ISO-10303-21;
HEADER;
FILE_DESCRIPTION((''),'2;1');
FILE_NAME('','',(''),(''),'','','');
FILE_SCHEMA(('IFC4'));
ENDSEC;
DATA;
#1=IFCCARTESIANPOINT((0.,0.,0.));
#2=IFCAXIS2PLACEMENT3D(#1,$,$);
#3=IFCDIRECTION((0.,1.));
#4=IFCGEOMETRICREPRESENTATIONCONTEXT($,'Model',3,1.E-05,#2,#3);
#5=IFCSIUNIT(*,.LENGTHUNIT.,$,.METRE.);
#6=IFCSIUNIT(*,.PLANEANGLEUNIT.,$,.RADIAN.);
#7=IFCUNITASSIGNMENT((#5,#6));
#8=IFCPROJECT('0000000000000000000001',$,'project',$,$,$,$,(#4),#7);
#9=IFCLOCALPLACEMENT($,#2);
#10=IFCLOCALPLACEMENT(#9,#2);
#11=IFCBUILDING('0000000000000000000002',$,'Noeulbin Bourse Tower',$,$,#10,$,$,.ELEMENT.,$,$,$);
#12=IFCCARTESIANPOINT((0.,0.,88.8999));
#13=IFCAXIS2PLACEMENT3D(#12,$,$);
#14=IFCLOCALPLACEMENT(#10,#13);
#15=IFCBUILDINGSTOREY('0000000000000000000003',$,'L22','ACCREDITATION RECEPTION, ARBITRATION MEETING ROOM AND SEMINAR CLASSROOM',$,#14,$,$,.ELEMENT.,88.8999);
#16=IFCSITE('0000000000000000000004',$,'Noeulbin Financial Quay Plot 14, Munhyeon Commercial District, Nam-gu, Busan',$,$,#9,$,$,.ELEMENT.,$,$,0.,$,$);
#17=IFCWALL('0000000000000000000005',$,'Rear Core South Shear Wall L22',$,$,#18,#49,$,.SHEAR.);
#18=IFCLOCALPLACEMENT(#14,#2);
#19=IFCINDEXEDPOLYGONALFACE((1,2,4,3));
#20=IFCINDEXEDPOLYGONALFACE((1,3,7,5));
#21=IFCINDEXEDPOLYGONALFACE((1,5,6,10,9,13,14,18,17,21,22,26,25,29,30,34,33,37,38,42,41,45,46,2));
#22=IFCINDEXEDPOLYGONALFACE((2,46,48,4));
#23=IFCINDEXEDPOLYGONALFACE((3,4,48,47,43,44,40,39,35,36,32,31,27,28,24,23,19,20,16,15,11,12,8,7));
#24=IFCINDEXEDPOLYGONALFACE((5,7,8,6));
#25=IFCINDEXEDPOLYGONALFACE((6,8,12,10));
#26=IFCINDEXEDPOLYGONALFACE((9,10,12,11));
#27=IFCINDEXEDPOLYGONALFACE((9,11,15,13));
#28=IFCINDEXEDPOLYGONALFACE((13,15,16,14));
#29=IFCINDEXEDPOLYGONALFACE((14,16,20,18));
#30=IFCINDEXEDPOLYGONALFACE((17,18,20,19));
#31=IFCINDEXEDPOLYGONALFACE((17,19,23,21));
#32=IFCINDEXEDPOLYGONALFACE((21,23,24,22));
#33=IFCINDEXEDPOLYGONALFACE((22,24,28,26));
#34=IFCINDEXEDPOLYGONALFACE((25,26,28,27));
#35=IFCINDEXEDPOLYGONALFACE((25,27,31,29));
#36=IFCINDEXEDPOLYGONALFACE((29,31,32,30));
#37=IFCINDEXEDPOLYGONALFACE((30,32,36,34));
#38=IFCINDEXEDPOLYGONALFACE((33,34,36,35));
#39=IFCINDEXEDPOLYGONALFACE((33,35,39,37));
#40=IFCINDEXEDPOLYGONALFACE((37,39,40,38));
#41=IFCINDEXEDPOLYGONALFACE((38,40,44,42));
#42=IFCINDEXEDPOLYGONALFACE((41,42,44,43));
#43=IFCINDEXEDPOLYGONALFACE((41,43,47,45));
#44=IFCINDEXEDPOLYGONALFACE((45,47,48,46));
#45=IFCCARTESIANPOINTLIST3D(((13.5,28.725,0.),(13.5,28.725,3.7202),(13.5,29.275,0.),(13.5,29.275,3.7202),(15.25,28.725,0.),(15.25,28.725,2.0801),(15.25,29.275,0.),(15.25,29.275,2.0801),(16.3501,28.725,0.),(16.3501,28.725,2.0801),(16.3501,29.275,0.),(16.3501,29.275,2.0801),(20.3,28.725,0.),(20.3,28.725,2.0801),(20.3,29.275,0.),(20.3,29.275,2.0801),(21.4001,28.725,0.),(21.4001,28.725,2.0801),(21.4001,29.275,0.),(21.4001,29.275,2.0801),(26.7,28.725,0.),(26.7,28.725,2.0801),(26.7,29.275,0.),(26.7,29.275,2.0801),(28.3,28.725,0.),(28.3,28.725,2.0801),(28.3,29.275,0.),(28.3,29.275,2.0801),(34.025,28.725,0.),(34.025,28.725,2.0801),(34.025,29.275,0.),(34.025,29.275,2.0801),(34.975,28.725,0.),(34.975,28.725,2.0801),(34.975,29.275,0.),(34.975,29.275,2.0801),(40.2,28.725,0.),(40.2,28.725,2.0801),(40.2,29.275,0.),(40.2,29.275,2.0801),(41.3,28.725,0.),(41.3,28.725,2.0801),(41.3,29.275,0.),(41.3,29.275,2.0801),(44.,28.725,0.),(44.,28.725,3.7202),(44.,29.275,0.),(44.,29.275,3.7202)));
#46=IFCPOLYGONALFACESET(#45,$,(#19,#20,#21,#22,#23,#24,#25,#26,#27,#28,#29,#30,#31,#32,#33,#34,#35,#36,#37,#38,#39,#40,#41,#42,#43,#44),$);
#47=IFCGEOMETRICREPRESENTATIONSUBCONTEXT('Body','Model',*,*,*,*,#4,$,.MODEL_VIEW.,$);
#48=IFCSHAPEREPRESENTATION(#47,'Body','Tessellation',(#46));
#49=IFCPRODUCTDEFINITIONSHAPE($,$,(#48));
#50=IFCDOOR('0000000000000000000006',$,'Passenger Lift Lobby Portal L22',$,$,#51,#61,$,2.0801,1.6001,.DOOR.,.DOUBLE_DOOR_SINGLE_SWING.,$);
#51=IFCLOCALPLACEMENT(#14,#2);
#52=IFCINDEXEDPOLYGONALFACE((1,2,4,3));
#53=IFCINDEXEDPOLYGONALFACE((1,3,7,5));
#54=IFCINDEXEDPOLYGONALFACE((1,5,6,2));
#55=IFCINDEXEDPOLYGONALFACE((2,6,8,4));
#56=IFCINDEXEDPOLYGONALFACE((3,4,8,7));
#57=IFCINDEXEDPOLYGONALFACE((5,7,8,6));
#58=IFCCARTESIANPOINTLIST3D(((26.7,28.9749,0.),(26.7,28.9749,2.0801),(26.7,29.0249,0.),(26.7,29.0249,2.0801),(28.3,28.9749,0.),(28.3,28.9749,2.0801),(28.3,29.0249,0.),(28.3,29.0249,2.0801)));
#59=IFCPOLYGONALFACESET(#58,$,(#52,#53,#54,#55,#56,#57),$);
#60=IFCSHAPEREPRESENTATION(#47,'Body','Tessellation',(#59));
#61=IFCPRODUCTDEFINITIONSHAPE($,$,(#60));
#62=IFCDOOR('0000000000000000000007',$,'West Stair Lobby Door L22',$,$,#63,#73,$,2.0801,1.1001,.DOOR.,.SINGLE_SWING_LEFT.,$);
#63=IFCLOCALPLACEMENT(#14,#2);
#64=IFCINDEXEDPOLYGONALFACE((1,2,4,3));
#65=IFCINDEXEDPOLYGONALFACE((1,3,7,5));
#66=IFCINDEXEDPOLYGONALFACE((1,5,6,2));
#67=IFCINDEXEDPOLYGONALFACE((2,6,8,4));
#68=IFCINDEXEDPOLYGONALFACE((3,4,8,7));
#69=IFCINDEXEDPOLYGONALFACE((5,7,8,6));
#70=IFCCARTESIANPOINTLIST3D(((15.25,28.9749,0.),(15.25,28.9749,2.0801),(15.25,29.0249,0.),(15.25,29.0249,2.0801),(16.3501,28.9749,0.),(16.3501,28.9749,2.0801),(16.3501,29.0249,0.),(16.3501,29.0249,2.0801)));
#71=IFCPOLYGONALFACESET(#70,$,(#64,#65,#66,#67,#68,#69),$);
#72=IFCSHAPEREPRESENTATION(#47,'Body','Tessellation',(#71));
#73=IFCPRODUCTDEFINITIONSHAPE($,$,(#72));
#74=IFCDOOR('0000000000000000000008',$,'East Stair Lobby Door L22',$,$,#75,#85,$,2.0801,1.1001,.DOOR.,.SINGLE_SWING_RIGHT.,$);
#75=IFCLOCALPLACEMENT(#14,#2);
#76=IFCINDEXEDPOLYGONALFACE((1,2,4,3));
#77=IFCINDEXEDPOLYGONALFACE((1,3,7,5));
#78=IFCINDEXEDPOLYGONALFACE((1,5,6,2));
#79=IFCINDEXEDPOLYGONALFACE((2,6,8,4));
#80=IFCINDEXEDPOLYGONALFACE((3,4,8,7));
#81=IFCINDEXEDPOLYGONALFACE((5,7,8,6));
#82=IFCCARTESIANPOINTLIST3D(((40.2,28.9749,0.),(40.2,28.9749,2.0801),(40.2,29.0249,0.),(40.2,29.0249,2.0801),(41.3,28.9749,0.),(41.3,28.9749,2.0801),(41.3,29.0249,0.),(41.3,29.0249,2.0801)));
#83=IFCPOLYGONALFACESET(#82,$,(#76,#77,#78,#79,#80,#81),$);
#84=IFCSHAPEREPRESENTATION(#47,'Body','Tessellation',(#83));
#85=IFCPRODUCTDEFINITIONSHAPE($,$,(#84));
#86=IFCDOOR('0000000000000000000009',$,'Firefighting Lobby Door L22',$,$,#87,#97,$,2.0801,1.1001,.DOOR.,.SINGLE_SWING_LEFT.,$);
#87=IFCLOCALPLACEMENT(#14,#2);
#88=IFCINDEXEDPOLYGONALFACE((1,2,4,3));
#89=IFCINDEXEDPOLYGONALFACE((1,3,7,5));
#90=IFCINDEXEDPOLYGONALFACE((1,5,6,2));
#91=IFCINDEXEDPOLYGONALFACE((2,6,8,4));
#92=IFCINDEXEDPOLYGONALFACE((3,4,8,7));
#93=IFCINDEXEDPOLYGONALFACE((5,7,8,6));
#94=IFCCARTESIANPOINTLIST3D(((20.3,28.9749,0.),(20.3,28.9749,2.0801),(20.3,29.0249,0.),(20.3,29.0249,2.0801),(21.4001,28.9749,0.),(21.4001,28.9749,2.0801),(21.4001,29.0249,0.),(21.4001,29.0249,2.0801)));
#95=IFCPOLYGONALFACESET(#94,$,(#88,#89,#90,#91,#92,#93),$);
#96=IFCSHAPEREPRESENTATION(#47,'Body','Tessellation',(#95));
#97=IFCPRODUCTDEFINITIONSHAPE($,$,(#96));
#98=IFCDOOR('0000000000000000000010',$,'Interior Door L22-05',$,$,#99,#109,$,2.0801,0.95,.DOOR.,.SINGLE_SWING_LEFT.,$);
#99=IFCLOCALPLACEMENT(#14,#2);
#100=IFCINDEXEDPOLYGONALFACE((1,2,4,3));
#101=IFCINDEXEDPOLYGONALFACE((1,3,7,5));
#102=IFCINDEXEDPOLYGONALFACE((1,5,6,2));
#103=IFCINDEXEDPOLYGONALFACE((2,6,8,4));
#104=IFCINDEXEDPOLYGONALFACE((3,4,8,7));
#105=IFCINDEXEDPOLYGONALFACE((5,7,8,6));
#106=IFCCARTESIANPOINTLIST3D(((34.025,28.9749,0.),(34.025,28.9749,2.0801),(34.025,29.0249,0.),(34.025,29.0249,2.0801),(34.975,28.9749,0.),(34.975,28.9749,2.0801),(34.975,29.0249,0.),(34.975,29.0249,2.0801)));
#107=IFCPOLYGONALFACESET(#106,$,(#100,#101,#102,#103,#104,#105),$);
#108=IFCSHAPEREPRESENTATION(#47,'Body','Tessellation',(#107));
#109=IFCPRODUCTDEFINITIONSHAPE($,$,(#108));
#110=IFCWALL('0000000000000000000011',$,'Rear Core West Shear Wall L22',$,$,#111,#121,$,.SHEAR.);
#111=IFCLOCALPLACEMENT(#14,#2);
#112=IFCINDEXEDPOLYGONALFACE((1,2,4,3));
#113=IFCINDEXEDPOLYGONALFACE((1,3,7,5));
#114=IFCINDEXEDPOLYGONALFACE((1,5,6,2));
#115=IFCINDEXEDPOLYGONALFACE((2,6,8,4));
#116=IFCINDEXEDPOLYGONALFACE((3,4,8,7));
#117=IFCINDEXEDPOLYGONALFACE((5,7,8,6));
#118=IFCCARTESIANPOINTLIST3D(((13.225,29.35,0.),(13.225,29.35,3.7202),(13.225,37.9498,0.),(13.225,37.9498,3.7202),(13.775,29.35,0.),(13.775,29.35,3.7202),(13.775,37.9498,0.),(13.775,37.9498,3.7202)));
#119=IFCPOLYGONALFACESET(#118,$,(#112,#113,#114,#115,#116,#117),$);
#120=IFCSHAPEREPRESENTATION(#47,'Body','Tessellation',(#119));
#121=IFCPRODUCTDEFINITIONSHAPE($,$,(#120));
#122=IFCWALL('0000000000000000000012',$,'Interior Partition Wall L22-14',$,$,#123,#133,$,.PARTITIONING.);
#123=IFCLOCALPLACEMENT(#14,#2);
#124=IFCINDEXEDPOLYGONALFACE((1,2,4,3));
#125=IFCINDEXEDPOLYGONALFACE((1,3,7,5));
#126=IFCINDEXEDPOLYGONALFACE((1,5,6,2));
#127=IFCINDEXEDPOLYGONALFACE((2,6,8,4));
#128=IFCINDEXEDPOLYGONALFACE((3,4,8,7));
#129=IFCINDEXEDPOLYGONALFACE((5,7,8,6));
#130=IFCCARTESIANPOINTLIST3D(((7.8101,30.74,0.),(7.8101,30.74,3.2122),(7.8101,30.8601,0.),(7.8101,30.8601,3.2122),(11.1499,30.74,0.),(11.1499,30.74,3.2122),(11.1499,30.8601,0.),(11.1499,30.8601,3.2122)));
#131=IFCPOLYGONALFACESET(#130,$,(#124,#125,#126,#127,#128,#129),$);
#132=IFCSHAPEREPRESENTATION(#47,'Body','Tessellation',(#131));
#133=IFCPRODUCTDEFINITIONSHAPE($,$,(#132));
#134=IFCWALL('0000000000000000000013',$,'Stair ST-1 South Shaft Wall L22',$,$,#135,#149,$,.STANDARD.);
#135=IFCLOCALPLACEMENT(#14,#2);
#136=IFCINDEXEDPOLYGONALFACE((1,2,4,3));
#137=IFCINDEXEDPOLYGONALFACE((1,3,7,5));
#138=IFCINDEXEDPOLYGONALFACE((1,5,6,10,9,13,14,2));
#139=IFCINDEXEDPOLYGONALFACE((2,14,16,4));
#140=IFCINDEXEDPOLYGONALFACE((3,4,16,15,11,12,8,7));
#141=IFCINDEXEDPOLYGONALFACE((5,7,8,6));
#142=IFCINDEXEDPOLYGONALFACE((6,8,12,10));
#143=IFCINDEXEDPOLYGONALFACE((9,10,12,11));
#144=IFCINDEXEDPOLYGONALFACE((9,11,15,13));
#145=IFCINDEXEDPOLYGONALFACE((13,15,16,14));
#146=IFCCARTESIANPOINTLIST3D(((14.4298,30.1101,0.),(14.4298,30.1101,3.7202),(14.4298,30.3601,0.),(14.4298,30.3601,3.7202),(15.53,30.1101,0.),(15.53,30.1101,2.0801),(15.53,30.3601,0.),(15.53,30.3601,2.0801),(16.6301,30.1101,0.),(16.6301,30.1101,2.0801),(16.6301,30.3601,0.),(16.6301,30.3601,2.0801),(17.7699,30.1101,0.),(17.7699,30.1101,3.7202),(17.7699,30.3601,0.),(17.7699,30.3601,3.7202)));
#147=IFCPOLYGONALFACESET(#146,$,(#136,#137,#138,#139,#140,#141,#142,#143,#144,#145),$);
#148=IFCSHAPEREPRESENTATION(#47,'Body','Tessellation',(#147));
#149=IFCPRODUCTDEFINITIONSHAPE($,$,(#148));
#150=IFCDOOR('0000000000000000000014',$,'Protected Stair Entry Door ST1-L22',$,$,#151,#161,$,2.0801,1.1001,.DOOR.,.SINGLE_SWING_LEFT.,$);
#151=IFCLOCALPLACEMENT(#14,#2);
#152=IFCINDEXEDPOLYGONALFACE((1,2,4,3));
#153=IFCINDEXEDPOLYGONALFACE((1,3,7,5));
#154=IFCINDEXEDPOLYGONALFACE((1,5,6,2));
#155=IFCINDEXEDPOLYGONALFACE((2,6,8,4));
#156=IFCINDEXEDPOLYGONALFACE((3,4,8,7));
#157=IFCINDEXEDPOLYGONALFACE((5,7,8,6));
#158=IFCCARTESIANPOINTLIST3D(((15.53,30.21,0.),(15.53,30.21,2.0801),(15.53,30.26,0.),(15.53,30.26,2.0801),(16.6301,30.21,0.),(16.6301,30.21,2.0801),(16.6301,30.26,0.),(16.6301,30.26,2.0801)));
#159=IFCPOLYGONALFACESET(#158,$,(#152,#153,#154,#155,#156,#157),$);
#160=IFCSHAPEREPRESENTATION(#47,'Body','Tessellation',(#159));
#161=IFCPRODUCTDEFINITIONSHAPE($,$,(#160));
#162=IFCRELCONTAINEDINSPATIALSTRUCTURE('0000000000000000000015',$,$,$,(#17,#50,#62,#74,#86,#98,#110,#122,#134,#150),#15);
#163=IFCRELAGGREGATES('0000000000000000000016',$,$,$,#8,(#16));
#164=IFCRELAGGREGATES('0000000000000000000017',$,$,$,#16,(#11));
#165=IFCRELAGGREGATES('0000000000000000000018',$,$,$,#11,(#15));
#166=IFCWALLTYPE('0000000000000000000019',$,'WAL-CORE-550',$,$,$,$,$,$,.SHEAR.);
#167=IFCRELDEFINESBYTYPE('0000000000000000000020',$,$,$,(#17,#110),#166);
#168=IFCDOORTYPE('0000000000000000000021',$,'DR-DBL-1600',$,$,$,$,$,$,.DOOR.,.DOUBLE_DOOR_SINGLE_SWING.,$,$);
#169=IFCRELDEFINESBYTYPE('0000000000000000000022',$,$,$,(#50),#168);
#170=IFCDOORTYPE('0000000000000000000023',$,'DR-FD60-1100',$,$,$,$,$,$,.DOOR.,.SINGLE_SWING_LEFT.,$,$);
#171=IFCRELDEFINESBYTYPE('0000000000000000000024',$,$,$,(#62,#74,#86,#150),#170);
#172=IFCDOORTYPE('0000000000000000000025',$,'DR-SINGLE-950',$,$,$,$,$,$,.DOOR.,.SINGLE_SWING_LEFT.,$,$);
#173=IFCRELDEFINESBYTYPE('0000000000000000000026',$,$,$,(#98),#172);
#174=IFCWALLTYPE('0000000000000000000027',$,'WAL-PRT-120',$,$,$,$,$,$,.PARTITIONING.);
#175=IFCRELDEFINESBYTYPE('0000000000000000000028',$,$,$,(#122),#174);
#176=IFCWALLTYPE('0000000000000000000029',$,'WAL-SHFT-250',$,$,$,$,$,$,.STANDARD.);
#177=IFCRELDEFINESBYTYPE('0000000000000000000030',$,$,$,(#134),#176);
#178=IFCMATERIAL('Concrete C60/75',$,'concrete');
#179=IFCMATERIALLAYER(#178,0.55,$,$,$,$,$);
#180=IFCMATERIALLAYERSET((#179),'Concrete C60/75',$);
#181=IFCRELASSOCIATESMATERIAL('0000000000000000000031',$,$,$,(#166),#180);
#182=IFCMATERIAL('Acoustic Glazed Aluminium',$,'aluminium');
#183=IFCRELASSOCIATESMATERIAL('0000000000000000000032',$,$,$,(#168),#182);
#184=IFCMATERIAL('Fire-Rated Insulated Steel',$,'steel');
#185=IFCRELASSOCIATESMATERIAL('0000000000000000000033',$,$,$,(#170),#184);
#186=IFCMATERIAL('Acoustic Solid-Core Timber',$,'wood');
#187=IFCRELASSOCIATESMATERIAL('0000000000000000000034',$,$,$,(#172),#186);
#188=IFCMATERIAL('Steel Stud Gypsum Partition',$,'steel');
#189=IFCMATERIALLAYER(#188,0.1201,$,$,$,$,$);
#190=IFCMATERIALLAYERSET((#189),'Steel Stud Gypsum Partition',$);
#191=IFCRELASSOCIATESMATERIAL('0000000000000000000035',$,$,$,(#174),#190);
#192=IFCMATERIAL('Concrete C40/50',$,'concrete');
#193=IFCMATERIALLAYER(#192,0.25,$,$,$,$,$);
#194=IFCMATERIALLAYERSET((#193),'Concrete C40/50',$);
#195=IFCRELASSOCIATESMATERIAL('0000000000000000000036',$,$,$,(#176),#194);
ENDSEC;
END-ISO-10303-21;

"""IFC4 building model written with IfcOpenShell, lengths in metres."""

from ifc_helpers import new_model, si_unit, direction, frame, frame_2d, origin, place, context, subcontext, project, spatial, rectangle, extrude, material, layer, layer_set, type_object, element, fill, save


model = new_model("IFC4")

# Units and contexts
model_context = context("Model", 3, precision=1e-05, world=origin(), true_north=direction((0.0, 1.0)))
body_context = subcontext(model_context, "Body", "Model", "MODEL_VIEW")
ifc_project = project(units=[si_unit("LENGTHUNIT", "METRE"), si_unit("PLANEANGLEUNIT", "RADIAN")], contexts=[model_context])

# Site, building, storey
site_placement = place(None, origin())
site = spatial("IfcSite", under=ifc_project, at=site_placement, Name="Noeulbin Financial Quay Plot 14, Munhyeon Commercial District, Nam-gu, Busan", CompositionType="ELEMENT", RefElevation=0.0)
building_placement = place(site_placement, origin())
building = spatial("IfcBuilding", under=site, at=building_placement, Name="Noeulbin Bourse Tower", CompositionType="ELEMENT")
storey_placement = place(building_placement, frame((0.0, 0.0, 88.8999)))
storey = spatial("IfcBuildingStorey", under=building, at=storey_placement, Name="L22", Description="ACCREDITATION RECEPTION, ARBITRATION MEETING ROOM AND SEMINAR CLASSROOM", CompositionType="ELEMENT", Elevation=88.8999)

# Wall, openings, doors
ifc_material_1 = material(Name="Concrete C60/75", Category="concrete")
ifc_layer_1 = layer(ifc_material_1, 0.55)
ifc_layer_set_1 = layer_set([ifc_layer_1], Name="Concrete C60/75")
wall_type_1 = type_object("IfcWallType", Name="WAL-CORE-550", PredefinedType="SHEAR", material=ifc_layer_set_1)
wall_1_placement = place(storey_placement, frame((13.5, 29.0, 0.0), z_axis=(0.0, 0.0, 1.0), x_axis=(1.0, 0.0, 0.0)))
wall_1 = element("IfcWall", 1, at=wall_1_placement, inside=storey, type_object=wall_type_1, Name="Rear Core South Shear Wall L22", PredefinedType="SHEAR", context=body_context, shape_type="SweptSolid", body=[
    extrude(rectangle(XDim=30.5, YDim=0.55, at=frame_2d((15.25, 0.0))), origin(), (0.0, 0.0, 1.0), 3.7202),
])
opening_1_placement = place(wall_1_placement, frame((1.75, 0.0, 0.0)))
opening_1 = element("IfcOpeningElement", 2, at=opening_1_placement, cuts=wall_1, PredefinedType="OPENING", context=body_context, shape_type="SweptSolid", body=[
    extrude(rectangle(XDim=1.1001, YDim=2.0801, at=frame_2d((0.55, 1.04))), frame((0.0, 0.2849, 0.0), z_axis=(0.0, -1.0, 0.0), x_axis=(1.0, 0.0, 0.0)), (0.0, 0.0, 1.0), 0.5701),
])
opening_2_placement = place(wall_1_placement, frame((26.7, 0.0, 0.0)))
opening_2 = element("IfcOpeningElement", 3, at=opening_2_placement, cuts=wall_1, PredefinedType="OPENING", context=body_context, shape_type="SweptSolid", body=[
    extrude(rectangle(XDim=1.1001, YDim=2.0801, at=frame_2d((0.55, 1.04))), frame((0.0, 0.2849, 0.0), z_axis=(0.0, -1.0, 0.0), x_axis=(1.0, 0.0, 0.0)), (0.0, 0.0, 1.0), 0.5701),
])
opening_3_placement = place(wall_1_placement, frame((6.8, 0.0, 0.0)))
opening_3 = element("IfcOpeningElement", 4, at=opening_3_placement, cuts=wall_1, PredefinedType="OPENING", context=body_context, shape_type="SweptSolid", body=[
    extrude(rectangle(XDim=1.1001, YDim=2.0801, at=frame_2d((0.55, 1.04))), frame((0.0, 0.2849, 0.0), z_axis=(0.0, -1.0, 0.0), x_axis=(1.0, 0.0, 0.0)), (0.0, 0.0, 1.0), 0.5701),
])
opening_4_placement = place(wall_1_placement, frame((13.2, 0.0, 0.0)))
opening_4 = element("IfcOpeningElement", 5, at=opening_4_placement, cuts=wall_1, PredefinedType="OPENING", context=body_context, shape_type="SweptSolid", body=[
    extrude(rectangle(XDim=1.6001, YDim=2.0801, at=frame_2d((0.8, 1.04))), frame((0.0, 0.2849, 0.0), z_axis=(0.0, -1.0, 0.0), x_axis=(1.0, 0.0, 0.0)), (0.0, 0.0, 1.0), 0.5701),
])
opening_5_placement = place(wall_1_placement, frame((20.5249, 0.0, 0.0)))
opening_5 = element("IfcOpeningElement", 6, at=opening_5_placement, cuts=wall_1, PredefinedType="OPENING", context=body_context, shape_type="SweptSolid", body=[
    extrude(rectangle(XDim=0.95, YDim=2.0801, at=frame_2d((0.4751, 1.04))), frame((0.0, 0.2849, 0.0), z_axis=(0.0, -1.0, 0.0), x_axis=(1.0, 0.0, 0.0)), (0.0, 0.0, 1.0), 0.5701),
])
ifc_material_2 = material(Name="Acoustic Glazed Aluminium", Category="aluminium")
door_type_1 = type_object("IfcDoorType", Name="DR-DBL-1600", OperationType="DOUBLE_DOOR_SINGLE_SWING", PredefinedType="DOOR", material=ifc_material_2)
door_1_placement = place(opening_4_placement, origin())
door_1 = element("IfcDoor", 7, at=door_1_placement, inside=storey, type_object=door_type_1, Name="Passenger Lift Lobby Portal L22", OperationType="DOUBLE_DOOR_SINGLE_SWING", OverallHeight=2.0801, OverallWidth=1.6001, PredefinedType="DOOR", context=body_context, shape_type="SweptSolid", body=[
    extrude(rectangle(XDim=1.6001, YDim=2.0801, at=frame_2d((0.8, 1.04))), frame((0.0, 0.0249, 0.0), z_axis=(0.0, -1.0, 0.0), x_axis=(1.0, 0.0, 0.0)), (0.0, 0.0, 1.0), 0.05),
])
fill(opening_4, door_1)
ifc_material_3 = material(Name="Fire-Rated Insulated Steel", Category="steel")
door_type_2 = type_object("IfcDoorType", Name="DR-FD60-1100", OperationType="SINGLE_SWING_LEFT", PredefinedType="DOOR", material=ifc_material_3)
door_2_placement = place(opening_1_placement, origin())
door_2 = element("IfcDoor", 8, at=door_2_placement, inside=storey, type_object=door_type_2, Name="West Stair Lobby Door L22", OperationType="SINGLE_SWING_LEFT", OverallHeight=2.0801, OverallWidth=1.1001, PredefinedType="DOOR", context=body_context, shape_type="SweptSolid", body=[
    extrude(rectangle(XDim=1.1001, YDim=2.0801, at=frame_2d((0.55, 1.04))), frame((0.0, 0.0249, 0.0), z_axis=(0.0, -1.0, 0.0), x_axis=(1.0, 0.0, 0.0)), (0.0, 0.0, 1.0), 0.05),
])
fill(opening_1, door_2)
door_3_placement = place(opening_2_placement, origin())
door_3 = element("IfcDoor", 9, at=door_3_placement, inside=storey, type_object=door_type_2, Name="East Stair Lobby Door L22", OperationType="SINGLE_SWING_RIGHT", OverallHeight=2.0801, OverallWidth=1.1001, PredefinedType="DOOR", context=body_context, shape_type="SweptSolid", body=[
    extrude(rectangle(XDim=1.1001, YDim=2.0801, at=frame_2d((0.55, 1.04))), frame((0.0, 0.0249, 0.0), z_axis=(0.0, -1.0, 0.0), x_axis=(1.0, 0.0, 0.0)), (0.0, 0.0, 1.0), 0.05),
])
fill(opening_2, door_3)
door_4_placement = place(opening_3_placement, origin())
door_4 = element("IfcDoor", 10, at=door_4_placement, inside=storey, type_object=door_type_2, Name="Firefighting Lobby Door L22", OperationType="SINGLE_SWING_LEFT", OverallHeight=2.0801, OverallWidth=1.1001, PredefinedType="DOOR", context=body_context, shape_type="SweptSolid", body=[
    extrude(rectangle(XDim=1.1001, YDim=2.0801, at=frame_2d((0.55, 1.04))), frame((0.0, 0.0249, 0.0), z_axis=(0.0, -1.0, 0.0), x_axis=(1.0, 0.0, 0.0)), (0.0, 0.0, 1.0), 0.05),
])
fill(opening_3, door_4)
ifc_material_4 = material(Name="Acoustic Solid-Core Timber", Category="wood")
door_type_3 = type_object("IfcDoorType", Name="DR-SINGLE-950", OperationType="SINGLE_SWING_LEFT", PredefinedType="DOOR", material=ifc_material_4)
door_5_placement = place(opening_5_placement, origin())
door_5 = element("IfcDoor", 11, at=door_5_placement, inside=storey, type_object=door_type_3, Name="Interior Door L22-05", OperationType="SINGLE_SWING_LEFT", OverallHeight=2.0801, OverallWidth=0.95, PredefinedType="DOOR", context=body_context, shape_type="SweptSolid", body=[
    extrude(rectangle(XDim=0.95, YDim=2.0801, at=frame_2d((0.4751, 1.04))), frame((0.0, 0.0249, 0.0), z_axis=(0.0, -1.0, 0.0), x_axis=(1.0, 0.0, 0.0)), (0.0, 0.0, 1.0), 0.05),
])
fill(opening_5, door_5)

# Walls
wall_2_placement = place(storey_placement, frame((13.5, 29.3501, 0.0), z_axis=(0.0, 0.0, 1.0), x_axis=(0.0, 1.0, 0.0)))
element("IfcWall", 12, at=wall_2_placement, inside=storey, type_object=wall_type_1, Name="Rear Core West Shear Wall L22", PredefinedType="SHEAR", context=body_context, shape_type="SweptSolid", body=[
    extrude(rectangle(XDim=8.5999, YDim=0.55, at=frame_2d((4.2998, 0.0))), origin(), (0.0, 0.0, 1.0), 3.7202),
])
ifc_material_5 = material(Name="Steel Stud Gypsum Partition", Category="steel")
ifc_layer_2 = layer(ifc_material_5, 0.1201)
ifc_layer_set_2 = layer_set([ifc_layer_2], Name="Steel Stud Gypsum Partition")
wall_type_2 = type_object("IfcWallType", Name="WAL-PRT-120", PredefinedType="PARTITIONING", material=ifc_layer_set_2)
wall_3_placement = place(storey_placement, frame((7.8101, 30.8, 0.0), z_axis=(0.0, 0.0, 1.0), x_axis=(1.0, 0.0, 0.0)))
element("IfcWall", 13, at=wall_3_placement, inside=storey, type_object=wall_type_2, Name="Interior Partition Wall L22-14", PredefinedType="PARTITIONING", context=body_context, shape_type="SweptSolid", body=[
    extrude(rectangle(XDim=3.3398, YDim=0.1201, at=frame_2d((1.6699, 0.0))), origin(), (0.0, 0.0, 1.0), 3.2122),
])

# Wall, opening, door
ifc_material_6 = material(Name="Concrete C40/50", Category="concrete")
ifc_layer_3 = layer(ifc_material_6, 0.25)
ifc_layer_set_3 = layer_set([ifc_layer_3], Name="Concrete C40/50")
wall_type_3 = type_object("IfcWallType", Name="WAL-SHFT-250", PredefinedType="STANDARD", material=ifc_layer_set_3)
wall_4_placement = place(storey_placement, frame((14.4299, 30.2351, 0.0), z_axis=(0.0, 0.0, 1.0), x_axis=(1.0, 0.0, 0.0)))
wall_4 = element("IfcWall", 14, at=wall_4_placement, inside=storey, type_object=wall_type_3, Name="Stair ST-1 South Shaft Wall L22", PredefinedType="STANDARD", context=body_context, shape_type="SweptSolid", body=[
    extrude(rectangle(XDim=3.3401, YDim=0.25, at=frame_2d((1.6699, 0.0))), origin(), (0.0, 0.0, 1.0), 3.7202),
])
opening_6_placement = place(wall_4_placement, frame((1.1001, 0.0, 0.0)))
opening_6 = element("IfcOpeningElement", 15, at=opening_6_placement, cuts=wall_4, PredefinedType="OPENING", context=body_context, shape_type="SweptSolid", body=[
    extrude(rectangle(XDim=1.1001, YDim=2.0801, at=frame_2d((0.55, 1.04))), frame((0.0, 0.135, 0.0), z_axis=(0.0, -1.0, 0.0), x_axis=(1.0, 0.0, 0.0)), (0.0, 0.0, 1.0), 0.27),
])
door_6_placement = place(opening_6_placement, origin())
door_6 = element("IfcDoor", 16, at=door_6_placement, inside=storey, type_object=door_type_2, Name="Protected Stair Entry Door ST1-L22", OperationType="SINGLE_SWING_LEFT", OverallHeight=2.0801, OverallWidth=1.1001, PredefinedType="DOOR", context=body_context, shape_type="SweptSolid", body=[
    extrude(rectangle(XDim=1.1001, YDim=2.0801, at=frame_2d((0.55, 1.04))), frame((0.0, 0.0249, 0.0), z_axis=(0.0, -1.0, 0.0), x_axis=(1.0, 0.0, 0.0)), (0.0, 0.0, 1.0), 0.05),
])
fill(opening_6, door_6)

save(model, "model.ifc")
